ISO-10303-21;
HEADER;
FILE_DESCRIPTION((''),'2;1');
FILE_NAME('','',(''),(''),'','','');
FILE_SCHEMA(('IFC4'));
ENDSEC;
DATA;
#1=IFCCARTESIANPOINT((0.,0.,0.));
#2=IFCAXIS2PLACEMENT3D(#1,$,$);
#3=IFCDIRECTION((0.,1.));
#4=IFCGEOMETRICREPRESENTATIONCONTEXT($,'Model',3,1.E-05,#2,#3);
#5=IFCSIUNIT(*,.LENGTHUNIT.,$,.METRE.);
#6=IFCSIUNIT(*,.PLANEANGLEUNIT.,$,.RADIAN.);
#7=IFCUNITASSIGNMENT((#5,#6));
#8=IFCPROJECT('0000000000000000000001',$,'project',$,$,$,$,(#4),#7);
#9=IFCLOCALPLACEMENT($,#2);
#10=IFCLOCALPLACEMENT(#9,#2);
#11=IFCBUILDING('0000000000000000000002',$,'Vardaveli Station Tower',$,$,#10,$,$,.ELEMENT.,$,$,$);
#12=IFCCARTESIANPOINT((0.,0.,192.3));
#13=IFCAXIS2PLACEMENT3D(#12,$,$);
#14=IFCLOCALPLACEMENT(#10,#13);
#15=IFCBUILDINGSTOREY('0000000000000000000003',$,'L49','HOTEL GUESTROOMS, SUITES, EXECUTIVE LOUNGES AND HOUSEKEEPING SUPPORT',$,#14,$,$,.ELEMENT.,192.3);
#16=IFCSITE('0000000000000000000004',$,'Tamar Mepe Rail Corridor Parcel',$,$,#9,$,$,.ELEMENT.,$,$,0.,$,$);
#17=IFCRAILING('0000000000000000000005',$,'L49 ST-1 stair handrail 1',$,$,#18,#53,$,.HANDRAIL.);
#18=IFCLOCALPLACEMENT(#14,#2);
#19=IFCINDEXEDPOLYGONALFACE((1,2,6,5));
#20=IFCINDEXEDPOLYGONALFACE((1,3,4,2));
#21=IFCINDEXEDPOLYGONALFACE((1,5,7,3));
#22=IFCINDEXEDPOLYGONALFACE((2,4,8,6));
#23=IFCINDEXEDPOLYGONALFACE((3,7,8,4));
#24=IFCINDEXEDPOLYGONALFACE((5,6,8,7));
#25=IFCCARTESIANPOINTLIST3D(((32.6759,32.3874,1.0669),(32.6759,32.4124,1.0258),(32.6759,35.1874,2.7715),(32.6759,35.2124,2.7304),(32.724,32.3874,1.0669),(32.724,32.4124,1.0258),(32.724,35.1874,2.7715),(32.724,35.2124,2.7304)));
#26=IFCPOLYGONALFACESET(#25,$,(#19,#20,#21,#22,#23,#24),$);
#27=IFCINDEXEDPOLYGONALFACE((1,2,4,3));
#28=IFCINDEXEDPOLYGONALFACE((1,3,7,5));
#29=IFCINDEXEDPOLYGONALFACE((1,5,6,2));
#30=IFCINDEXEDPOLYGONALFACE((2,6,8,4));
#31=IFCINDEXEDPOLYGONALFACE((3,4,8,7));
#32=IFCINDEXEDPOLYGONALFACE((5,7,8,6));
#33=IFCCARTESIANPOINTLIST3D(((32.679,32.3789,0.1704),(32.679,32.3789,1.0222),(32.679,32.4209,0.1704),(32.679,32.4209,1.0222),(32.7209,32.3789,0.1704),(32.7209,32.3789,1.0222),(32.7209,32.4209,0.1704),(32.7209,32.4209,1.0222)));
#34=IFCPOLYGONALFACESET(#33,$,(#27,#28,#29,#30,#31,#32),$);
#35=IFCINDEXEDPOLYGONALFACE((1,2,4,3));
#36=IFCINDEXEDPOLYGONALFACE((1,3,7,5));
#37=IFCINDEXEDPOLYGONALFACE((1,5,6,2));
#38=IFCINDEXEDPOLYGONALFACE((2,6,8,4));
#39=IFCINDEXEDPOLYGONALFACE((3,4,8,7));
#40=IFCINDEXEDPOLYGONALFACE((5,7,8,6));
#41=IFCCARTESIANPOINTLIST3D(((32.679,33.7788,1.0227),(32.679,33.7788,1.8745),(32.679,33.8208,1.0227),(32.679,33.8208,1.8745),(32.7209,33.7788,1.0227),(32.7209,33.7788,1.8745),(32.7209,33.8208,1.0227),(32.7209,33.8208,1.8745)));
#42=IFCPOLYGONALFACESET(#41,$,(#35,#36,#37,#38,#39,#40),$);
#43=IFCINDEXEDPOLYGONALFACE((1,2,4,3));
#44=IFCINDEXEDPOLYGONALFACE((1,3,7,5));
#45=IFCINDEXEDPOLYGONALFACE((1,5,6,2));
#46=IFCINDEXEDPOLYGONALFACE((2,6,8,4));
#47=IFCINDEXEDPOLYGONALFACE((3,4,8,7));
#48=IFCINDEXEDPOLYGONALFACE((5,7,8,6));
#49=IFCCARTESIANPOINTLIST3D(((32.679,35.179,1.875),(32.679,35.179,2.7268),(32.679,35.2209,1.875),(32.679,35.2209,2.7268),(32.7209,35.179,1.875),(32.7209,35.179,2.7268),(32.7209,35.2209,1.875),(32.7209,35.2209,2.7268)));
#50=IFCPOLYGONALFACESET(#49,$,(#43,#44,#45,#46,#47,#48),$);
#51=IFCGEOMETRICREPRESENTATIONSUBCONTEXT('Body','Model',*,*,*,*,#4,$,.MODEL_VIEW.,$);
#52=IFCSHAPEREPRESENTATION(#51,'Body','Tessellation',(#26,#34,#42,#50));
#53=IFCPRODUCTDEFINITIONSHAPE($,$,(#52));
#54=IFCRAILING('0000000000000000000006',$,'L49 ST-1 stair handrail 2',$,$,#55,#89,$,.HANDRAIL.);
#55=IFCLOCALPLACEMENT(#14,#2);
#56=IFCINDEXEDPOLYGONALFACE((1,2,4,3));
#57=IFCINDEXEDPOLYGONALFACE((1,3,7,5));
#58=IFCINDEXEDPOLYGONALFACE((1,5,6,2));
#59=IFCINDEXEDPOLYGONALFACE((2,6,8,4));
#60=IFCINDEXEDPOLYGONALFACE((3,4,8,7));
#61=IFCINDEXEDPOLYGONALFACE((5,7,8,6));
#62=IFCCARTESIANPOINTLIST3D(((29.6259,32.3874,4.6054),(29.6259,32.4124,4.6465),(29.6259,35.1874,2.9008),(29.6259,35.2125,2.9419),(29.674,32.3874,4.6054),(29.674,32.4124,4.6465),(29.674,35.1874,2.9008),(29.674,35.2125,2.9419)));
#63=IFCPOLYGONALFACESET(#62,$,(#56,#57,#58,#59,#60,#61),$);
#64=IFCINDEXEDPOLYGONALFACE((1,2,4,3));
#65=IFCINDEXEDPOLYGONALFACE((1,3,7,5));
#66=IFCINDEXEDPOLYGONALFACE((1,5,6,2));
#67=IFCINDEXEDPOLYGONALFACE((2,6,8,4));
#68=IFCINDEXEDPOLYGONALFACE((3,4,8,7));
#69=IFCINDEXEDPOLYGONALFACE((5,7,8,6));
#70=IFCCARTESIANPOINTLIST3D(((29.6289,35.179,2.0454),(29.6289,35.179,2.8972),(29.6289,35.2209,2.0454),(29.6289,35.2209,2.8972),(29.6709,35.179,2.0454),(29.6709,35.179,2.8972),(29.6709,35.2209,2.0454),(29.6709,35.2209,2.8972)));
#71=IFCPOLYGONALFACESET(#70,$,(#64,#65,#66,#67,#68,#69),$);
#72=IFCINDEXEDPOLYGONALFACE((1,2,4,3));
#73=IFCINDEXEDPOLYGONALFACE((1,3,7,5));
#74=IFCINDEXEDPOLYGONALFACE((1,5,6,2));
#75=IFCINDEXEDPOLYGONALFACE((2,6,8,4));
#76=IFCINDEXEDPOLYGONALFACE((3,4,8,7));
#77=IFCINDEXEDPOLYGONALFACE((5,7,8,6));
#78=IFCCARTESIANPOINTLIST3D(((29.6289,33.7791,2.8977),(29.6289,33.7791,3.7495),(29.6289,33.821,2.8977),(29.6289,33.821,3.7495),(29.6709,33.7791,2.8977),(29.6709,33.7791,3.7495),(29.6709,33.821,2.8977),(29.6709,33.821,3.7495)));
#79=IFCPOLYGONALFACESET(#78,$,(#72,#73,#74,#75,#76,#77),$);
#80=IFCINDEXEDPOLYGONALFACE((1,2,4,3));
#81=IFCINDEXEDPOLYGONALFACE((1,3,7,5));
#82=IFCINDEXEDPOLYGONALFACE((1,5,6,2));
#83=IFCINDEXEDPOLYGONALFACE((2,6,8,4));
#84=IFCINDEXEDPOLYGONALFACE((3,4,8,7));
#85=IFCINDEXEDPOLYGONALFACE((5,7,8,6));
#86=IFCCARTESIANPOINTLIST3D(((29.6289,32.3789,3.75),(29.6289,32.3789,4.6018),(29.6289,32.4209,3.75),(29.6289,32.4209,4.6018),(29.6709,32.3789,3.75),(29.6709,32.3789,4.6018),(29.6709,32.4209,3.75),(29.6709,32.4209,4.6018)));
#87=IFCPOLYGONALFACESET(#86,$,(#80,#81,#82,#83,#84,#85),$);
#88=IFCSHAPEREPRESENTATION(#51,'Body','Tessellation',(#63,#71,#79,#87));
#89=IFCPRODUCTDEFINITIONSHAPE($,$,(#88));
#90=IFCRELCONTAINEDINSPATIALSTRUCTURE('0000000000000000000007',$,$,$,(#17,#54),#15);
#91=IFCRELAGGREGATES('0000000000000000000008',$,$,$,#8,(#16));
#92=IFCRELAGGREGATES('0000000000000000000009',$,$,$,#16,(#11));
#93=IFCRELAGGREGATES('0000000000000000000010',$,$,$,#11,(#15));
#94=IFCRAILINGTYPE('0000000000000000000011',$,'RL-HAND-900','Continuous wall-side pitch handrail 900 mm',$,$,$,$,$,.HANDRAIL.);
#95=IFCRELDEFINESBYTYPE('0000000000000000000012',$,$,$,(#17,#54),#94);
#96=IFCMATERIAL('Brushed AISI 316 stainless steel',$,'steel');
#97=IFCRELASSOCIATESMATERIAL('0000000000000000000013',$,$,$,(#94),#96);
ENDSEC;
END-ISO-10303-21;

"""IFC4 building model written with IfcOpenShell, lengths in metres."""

from ifc_helpers import new_model, si_unit, direction, frame, origin, origin_2d, place, context, subcontext, project, spatial, rectangle, extrude, source, transform, mapped, material, type_object, element, save


model = new_model("IFC4")

# Units and contexts
model_context = context("Model", 3, precision=1e-05, world=origin(), true_north=direction((0.0, 1.0)))
body_context = subcontext(model_context, "Body", "Model", "MODEL_VIEW")
ifc_project = project(units=[si_unit("LENGTHUNIT", "METRE"), si_unit("PLANEANGLEUNIT", "RADIAN")], contexts=[model_context])

# Site, building, storey
site_placement = place(None, origin())
site = spatial("IfcSite", under=ifc_project, at=site_placement, Name="Tamar Mepe Rail Corridor Parcel", CompositionType="ELEMENT", RefElevation=0.0)
building_placement = place(site_placement, origin())
building = spatial("IfcBuilding", under=site, at=building_placement, Name="Vardaveli Station Tower", CompositionType="ELEMENT")
storey_placement = place(building_placement, frame((0.0, 0.0, 192.3)))
storey = spatial("IfcBuildingStorey", under=building, at=storey_placement, Name="L49", Description="HOTEL GUESTROOMS, SUITES, EXECUTIVE LOUNGES AND HOUSEKEEPING SUPPORT", CompositionType="ELEMENT", Elevation=192.3)

# Railings
ifc_material_1 = material(Name="Brushed AISI 316 stainless steel", Category="steel")
railing_type_1 = type_object("IfcRailingType", Name="RL-HAND-900", Description="Continuous wall-side pitch handrail 900 mm", PredefinedType="HANDRAIL", material=ifc_material_1)
shared_shape_1 = source(origin(), body_context, "Body", "SweptSolid", [
    extrude(rectangle(XDim=0.0481, YDim=0.0481, at=origin_2d()), frame((0.0, 0.0, 0.876), z_axis=(0.0, 0.85417, 0.519994), x_axis=(-1.0, 0.0, 0.0)), (0.0, 0.0, 1.0), 3.2781),
    extrude(rectangle(XDim=0.042, YDim=0.042, at=origin_2d()), origin(), (0.0, 0.0, 1.0), 0.8518),
    extrude(rectangle(XDim=0.042, YDim=0.042, at=origin_2d()), frame((0.0, 1.3999, 0.8523)), (0.0, 0.0, 1.0), 0.8518),
    extrude(rectangle(XDim=0.042, YDim=0.042, at=origin_2d()), frame((0.0, 2.8, 1.7046)), (0.0, 0.0, 1.0), 0.8518),
])
railing_1_placement = place(storey_placement, frame((32.7, 32.3999, 0.1704)))
element("IfcRailing", 1, at=railing_1_placement, inside=storey, type_object=railing_type_1, Name="L49 ST-1 stair handrail 1", PredefinedType="HANDRAIL", context=body_context, shape_type="MappedRepresentation", body=[
    mapped(shared_shape_1, transform((0.0, 0.0, 0.0), scale=1.0)),
])
shared_shape_2 = source(origin(), body_context, "Body", "SweptSolid", [
    extrude(rectangle(XDim=0.0481, YDim=0.0481, at=origin_2d()), frame((0.0, 0.0, 0.876), z_axis=(0.0, -0.85417, 0.519994), x_axis=(1.0, 0.0, 0.0)), (0.0, 0.0, 1.0), 3.2781),
    extrude(rectangle(XDim=0.042, YDim=0.042, at=origin_2d()), origin(), (0.0, 0.0, 1.0), 0.8518),
    extrude(rectangle(XDim=0.042, YDim=0.042, at=origin_2d()), frame((0.0, -1.3999, 0.8523)), (0.0, 0.0, 1.0), 0.8518),
    extrude(rectangle(XDim=0.042, YDim=0.042, at=origin_2d()), frame((0.0, -2.8, 1.7046)), (0.0, 0.0, 1.0), 0.8518),
])
railing_2_placement = place(storey_placement, frame((29.6499, 35.2, 2.0454)))
element("IfcRailing", 2, at=railing_2_placement, inside=storey, type_object=railing_type_1, Name="L49 ST-1 stair handrail 2", PredefinedType="HANDRAIL", context=body_context, shape_type="MappedRepresentation", body=[
    mapped(shared_shape_2, transform((0.0, 0.0, 0.0), scale=1.0)),
])

save(model, "model.ifc")
